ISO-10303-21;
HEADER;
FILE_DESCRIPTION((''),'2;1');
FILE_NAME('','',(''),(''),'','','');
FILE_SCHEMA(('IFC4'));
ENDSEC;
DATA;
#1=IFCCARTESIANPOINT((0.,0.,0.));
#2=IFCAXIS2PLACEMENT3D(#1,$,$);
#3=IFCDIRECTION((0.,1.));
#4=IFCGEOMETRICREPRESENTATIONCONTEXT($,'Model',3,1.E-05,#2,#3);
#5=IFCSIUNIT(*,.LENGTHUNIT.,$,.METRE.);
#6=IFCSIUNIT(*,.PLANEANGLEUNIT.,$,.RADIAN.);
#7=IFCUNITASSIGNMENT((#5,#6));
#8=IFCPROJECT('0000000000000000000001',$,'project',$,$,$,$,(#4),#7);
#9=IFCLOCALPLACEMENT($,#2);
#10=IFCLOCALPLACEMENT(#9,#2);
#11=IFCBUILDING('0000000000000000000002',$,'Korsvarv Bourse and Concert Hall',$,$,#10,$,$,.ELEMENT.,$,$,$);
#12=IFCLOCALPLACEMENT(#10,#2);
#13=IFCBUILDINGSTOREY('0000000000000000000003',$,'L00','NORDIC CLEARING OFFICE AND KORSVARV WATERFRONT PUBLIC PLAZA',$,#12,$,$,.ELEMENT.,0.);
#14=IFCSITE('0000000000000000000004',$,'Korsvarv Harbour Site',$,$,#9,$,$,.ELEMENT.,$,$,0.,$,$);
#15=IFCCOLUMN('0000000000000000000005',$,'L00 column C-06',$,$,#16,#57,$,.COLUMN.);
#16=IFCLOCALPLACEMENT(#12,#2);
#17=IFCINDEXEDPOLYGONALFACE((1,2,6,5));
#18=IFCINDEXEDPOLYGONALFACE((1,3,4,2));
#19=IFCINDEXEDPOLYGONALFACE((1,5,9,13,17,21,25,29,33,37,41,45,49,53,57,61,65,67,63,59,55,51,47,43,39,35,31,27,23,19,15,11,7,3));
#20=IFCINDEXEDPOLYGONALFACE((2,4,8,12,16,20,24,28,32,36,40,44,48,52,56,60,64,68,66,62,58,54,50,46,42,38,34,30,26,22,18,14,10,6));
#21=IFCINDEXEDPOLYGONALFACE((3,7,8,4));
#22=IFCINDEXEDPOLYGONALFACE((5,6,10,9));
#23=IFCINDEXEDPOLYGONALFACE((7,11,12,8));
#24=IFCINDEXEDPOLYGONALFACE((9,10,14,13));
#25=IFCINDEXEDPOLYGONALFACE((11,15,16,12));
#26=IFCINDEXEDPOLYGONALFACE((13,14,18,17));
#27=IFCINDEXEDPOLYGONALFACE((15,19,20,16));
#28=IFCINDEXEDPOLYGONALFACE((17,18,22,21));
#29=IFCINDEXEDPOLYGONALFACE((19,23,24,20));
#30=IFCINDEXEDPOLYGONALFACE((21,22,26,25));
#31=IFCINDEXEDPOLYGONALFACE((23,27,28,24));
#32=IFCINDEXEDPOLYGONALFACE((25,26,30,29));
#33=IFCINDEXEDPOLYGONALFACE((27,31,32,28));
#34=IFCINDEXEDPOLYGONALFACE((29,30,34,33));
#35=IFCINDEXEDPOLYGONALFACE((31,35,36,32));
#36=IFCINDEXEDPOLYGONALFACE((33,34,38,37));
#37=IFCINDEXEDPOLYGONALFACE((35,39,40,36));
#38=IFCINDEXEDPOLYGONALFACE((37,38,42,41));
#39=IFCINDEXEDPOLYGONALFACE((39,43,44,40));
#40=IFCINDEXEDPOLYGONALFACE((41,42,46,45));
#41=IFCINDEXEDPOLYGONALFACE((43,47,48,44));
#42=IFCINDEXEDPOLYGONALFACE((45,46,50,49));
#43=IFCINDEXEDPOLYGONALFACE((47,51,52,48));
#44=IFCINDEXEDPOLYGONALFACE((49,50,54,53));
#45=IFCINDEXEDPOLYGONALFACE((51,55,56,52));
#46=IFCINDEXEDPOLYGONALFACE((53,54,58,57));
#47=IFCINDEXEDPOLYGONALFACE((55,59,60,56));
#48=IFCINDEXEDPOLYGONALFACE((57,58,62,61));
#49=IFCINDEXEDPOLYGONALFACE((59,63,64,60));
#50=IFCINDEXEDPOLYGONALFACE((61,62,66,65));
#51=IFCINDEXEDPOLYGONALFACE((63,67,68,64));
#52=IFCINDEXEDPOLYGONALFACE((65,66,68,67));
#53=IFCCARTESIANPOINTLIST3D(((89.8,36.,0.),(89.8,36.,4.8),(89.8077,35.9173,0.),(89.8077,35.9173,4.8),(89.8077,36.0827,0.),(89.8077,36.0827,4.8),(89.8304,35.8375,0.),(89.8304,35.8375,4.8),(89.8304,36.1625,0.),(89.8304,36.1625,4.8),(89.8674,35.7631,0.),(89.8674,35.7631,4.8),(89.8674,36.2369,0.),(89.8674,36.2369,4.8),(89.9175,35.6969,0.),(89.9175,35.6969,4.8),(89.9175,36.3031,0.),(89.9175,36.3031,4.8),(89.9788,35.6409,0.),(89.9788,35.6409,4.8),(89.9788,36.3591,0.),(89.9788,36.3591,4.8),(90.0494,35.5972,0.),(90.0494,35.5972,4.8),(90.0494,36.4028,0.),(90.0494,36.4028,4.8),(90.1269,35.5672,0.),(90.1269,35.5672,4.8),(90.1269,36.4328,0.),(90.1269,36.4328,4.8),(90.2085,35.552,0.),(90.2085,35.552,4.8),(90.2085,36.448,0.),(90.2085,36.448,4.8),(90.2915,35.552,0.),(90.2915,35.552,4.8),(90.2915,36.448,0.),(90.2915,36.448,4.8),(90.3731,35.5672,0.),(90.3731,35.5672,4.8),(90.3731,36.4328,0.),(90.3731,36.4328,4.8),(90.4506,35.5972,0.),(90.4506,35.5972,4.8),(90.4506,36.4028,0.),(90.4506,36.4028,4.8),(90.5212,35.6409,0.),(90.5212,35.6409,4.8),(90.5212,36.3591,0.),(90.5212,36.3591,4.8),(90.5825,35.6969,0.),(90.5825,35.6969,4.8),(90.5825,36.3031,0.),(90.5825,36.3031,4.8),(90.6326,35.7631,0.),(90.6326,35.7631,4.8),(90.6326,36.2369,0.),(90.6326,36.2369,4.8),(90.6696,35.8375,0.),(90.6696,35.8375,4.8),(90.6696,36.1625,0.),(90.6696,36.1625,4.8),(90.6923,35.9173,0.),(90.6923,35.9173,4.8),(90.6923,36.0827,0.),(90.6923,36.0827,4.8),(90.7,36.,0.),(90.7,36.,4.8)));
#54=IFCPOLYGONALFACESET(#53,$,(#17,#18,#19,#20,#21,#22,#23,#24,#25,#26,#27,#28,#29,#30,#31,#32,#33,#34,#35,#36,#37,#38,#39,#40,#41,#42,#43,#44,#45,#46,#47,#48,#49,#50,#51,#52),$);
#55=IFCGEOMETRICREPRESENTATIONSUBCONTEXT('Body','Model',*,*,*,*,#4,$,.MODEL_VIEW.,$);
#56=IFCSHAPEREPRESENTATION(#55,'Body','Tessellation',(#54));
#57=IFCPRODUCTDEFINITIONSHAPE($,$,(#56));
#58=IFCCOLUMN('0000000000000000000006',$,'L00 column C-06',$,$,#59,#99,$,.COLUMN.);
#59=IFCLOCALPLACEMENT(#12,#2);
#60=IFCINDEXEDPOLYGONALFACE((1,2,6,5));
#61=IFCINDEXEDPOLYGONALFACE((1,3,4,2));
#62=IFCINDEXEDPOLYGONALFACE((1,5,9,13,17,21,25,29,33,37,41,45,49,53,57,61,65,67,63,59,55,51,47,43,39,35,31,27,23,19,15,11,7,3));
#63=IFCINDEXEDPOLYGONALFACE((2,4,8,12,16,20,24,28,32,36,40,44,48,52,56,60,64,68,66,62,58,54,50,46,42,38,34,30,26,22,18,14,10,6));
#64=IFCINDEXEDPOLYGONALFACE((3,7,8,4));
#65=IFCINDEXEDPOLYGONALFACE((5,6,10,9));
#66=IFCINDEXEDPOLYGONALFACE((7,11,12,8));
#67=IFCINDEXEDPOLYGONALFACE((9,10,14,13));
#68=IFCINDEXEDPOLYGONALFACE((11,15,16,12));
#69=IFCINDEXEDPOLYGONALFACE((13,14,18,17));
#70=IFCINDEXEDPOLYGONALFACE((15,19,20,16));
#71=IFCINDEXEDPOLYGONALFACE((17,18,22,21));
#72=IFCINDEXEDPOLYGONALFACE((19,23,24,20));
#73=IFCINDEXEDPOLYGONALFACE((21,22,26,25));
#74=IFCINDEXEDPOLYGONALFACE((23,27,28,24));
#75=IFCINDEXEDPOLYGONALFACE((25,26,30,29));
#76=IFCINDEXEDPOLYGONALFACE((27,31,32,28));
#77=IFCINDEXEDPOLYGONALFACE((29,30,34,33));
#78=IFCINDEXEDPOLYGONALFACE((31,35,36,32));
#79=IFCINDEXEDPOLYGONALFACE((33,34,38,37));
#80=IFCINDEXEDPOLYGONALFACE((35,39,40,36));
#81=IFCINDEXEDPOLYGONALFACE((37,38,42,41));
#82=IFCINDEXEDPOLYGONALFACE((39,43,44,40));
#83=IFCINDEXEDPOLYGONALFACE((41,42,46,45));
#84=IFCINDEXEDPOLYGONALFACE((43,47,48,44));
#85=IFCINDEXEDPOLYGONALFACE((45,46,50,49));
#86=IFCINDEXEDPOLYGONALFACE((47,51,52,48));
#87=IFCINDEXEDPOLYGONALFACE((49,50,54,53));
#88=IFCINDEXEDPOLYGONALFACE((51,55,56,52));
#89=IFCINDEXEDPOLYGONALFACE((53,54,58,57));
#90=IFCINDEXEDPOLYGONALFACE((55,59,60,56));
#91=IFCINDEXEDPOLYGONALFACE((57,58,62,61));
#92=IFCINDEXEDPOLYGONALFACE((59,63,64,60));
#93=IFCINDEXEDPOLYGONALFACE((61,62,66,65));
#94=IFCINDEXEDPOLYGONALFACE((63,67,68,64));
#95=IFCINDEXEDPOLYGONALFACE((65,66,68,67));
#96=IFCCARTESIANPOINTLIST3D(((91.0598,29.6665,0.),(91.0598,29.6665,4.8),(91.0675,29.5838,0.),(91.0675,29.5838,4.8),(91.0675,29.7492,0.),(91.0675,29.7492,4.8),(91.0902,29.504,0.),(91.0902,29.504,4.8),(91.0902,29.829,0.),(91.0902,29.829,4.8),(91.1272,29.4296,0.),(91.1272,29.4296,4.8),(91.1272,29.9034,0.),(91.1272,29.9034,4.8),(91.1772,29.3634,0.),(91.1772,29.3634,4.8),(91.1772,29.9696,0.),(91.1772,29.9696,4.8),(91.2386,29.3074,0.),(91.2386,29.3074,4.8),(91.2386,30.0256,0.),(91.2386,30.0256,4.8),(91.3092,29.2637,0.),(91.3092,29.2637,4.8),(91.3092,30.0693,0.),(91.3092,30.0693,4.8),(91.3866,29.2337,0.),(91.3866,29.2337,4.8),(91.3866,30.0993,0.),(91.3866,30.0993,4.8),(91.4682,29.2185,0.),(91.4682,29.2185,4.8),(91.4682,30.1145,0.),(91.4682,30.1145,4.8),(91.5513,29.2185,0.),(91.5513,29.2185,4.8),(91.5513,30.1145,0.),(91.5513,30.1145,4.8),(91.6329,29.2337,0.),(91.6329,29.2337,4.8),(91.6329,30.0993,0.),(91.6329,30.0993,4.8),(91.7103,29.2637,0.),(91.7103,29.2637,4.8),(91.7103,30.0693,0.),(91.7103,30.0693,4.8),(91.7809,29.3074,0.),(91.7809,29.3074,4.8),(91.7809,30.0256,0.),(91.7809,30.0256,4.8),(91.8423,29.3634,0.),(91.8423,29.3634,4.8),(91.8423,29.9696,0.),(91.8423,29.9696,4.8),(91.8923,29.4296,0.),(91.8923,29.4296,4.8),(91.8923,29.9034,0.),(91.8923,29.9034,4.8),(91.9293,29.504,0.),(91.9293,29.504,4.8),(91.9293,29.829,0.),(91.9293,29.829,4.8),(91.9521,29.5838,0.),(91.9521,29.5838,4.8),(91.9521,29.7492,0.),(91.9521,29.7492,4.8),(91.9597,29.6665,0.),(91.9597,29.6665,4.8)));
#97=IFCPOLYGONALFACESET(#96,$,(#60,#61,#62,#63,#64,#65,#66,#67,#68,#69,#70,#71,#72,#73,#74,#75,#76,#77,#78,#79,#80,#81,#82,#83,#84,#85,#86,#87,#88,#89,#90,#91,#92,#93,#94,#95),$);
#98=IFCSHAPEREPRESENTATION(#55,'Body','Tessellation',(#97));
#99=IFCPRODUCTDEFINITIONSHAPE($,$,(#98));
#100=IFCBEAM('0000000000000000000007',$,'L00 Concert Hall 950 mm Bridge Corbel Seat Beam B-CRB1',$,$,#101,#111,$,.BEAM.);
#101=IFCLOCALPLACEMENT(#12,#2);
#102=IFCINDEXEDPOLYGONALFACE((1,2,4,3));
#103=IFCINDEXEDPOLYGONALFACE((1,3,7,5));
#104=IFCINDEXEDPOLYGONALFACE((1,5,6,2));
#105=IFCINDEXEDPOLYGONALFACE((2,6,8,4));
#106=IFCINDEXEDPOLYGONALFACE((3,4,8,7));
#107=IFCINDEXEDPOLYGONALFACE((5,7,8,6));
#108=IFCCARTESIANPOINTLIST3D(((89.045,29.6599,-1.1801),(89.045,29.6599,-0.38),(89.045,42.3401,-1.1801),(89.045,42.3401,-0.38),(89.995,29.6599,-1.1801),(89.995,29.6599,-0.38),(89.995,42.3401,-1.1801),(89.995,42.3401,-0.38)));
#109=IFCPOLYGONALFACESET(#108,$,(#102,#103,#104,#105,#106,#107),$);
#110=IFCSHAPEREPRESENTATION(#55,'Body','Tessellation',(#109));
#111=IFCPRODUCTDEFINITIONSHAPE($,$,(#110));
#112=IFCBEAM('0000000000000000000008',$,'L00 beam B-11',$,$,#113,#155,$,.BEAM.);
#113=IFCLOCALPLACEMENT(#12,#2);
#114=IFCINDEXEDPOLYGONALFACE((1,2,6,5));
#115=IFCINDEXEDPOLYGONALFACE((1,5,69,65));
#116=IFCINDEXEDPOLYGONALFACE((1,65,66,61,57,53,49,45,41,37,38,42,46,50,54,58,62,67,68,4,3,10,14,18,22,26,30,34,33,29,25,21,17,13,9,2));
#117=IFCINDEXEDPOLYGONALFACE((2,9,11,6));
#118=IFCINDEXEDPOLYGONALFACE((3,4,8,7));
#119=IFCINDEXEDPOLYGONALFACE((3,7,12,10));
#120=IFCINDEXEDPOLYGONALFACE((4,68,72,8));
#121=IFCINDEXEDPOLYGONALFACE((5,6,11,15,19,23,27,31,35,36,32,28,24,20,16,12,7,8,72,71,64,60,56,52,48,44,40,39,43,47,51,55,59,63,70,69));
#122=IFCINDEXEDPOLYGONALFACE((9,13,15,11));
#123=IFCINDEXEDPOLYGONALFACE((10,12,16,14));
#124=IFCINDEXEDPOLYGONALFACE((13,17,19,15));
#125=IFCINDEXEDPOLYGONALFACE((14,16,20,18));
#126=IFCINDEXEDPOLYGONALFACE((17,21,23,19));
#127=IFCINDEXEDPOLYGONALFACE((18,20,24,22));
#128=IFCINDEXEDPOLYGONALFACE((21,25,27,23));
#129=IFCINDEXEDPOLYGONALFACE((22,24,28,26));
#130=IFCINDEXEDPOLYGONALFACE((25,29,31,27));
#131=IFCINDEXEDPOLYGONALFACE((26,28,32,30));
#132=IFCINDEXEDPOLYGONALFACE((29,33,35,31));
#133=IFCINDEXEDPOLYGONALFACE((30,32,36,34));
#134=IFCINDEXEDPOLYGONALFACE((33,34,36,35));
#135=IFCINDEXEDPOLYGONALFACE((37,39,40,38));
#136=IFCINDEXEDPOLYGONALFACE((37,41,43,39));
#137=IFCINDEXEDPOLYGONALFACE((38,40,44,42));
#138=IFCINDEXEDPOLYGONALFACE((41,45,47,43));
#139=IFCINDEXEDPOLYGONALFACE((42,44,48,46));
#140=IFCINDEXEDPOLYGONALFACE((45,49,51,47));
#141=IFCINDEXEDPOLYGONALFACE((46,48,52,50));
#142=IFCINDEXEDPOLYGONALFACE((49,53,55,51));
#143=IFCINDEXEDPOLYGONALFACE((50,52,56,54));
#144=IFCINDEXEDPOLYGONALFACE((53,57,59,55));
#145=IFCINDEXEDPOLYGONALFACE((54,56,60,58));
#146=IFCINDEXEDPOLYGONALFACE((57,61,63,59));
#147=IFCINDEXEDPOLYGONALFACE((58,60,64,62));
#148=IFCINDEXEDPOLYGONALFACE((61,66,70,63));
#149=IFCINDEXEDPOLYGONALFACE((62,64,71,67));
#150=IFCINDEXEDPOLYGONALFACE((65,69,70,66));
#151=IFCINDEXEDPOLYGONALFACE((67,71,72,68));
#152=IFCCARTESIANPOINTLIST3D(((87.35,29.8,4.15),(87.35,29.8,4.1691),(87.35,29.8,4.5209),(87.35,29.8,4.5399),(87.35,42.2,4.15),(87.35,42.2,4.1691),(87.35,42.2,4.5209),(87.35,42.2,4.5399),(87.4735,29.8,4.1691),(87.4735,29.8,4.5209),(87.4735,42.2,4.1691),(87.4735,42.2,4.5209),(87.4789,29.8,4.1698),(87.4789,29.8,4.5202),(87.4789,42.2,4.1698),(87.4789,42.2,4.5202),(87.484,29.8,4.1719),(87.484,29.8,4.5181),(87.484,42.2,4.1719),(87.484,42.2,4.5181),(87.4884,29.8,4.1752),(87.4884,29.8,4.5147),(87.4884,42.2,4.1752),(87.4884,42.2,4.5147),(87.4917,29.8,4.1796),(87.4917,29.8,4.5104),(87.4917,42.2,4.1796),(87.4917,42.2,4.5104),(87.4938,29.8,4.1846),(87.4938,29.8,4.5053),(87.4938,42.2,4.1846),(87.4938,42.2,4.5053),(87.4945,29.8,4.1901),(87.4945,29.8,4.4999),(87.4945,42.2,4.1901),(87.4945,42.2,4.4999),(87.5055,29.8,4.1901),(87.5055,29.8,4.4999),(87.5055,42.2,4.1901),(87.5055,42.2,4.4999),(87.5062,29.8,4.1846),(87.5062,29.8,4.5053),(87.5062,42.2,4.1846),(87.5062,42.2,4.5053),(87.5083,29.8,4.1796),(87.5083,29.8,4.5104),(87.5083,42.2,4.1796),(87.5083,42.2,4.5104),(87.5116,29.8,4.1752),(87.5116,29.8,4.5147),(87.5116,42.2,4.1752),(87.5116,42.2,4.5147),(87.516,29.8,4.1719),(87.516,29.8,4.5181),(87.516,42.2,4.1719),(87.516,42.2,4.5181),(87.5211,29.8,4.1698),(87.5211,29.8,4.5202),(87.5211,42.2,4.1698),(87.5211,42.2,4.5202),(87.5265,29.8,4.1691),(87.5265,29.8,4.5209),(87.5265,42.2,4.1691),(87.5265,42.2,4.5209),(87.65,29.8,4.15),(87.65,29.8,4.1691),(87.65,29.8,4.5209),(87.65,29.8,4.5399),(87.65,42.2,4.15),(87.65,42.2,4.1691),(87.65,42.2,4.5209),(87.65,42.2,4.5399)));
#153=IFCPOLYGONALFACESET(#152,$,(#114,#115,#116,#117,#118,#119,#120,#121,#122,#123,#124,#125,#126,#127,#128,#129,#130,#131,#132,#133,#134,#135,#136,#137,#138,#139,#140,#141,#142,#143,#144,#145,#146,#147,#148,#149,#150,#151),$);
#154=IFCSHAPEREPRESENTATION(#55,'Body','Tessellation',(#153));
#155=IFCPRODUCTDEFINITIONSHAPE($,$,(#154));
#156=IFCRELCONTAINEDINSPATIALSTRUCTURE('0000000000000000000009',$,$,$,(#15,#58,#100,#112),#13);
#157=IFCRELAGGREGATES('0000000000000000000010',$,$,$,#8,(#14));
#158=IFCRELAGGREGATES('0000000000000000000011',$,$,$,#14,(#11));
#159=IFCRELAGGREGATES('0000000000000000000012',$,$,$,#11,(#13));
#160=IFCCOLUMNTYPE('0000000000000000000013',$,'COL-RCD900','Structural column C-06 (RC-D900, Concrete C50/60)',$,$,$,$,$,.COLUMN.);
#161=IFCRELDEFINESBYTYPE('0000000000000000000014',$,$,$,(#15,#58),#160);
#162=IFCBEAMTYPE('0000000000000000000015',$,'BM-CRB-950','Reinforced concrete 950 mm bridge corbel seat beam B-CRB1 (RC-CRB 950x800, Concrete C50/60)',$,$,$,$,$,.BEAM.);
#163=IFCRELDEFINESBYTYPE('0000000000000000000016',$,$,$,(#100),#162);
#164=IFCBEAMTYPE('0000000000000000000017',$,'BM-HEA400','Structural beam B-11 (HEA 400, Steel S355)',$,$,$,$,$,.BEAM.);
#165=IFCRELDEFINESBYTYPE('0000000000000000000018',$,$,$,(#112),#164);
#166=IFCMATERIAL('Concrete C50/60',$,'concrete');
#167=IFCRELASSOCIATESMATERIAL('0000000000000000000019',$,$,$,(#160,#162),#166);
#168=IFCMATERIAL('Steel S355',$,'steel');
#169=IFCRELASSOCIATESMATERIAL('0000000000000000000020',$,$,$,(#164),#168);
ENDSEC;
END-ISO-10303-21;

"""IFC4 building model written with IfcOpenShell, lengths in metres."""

from ifc_helpers import new_model, si_unit, direction, frame, origin, origin_2d, place, context, subcontext, project, spatial, rectangle, circle, i_section, extrude, source, transform, mapped, material, material_profile, profile_set, type_object, element, save


model = new_model("IFC4")

# Units and contexts
model_context = context("Model", 3, precision=1e-05, world=origin(), true_north=direction((0.0, 1.0)))
body_context = subcontext(model_context, "Body", "Model", "MODEL_VIEW")
ifc_project = project(units=[si_unit("LENGTHUNIT", "METRE"), si_unit("PLANEANGLEUNIT", "RADIAN")], contexts=[model_context])

# Site, building, storey
site_placement = place(None, origin())
site = spatial("IfcSite", under=ifc_project, at=site_placement, Name="Korsvarv Harbour Site", CompositionType="ELEMENT", RefElevation=0.0)
building_placement = place(site_placement, origin())
building = spatial("IfcBuilding", under=site, at=building_placement, Name="Korsvarv Bourse and Concert Hall", CompositionType="ELEMENT")
storey_placement = place(building_placement, origin())
storey = spatial("IfcBuildingStorey", under=building, at=storey_placement, Name="L00", Description="NORDIC CLEARING OFFICE AND KORSVARV WATERFRONT PUBLIC PLAZA", CompositionType="ELEMENT", Elevation=0.0)

# Columns
ifc_material_1 = material(Name="Concrete C50/60", Category="concrete")
ifc_material_profile_1 = material_profile(ifc_material_1, circle(Radius=0.45, at=origin_2d()), Name="RC-D900")
ifc_profile_set_1 = profile_set([ifc_material_profile_1], Name="Concrete C50/60")
column_type = type_object("IfcColumnType", Name="COL-RCD900", Description="Structural column C-06 (RC-D900, Concrete C50/60)", PredefinedType="COLUMN", material=ifc_profile_set_1)
shared_shape_1 = source(origin(), body_context, "Body", "SweptSolid", [
    extrude(circle(Radius=0.45, at=origin_2d()), origin(), (0.0, 0.0, 1.0), 4.8),
])
for number, where, z_axis, x_axis, name in (
    (1, (90.25, 36.0, 0.0), (0.0, 0.0, 1.0), (1.0, 0.0, 0.0), "L00 column C-06"),
    (2, (91.5098, 29.6665, 0.0), (0.0, 0.0, 1.0), (1.0, 0.0, 0.0), "L00 column C-06"),
):
    element("IfcColumn", number, at=place(storey_placement, frame(where, z_axis=z_axis, x_axis=x_axis)), inside=storey, type_object=column_type, Name=name, PredefinedType="COLUMN", context=body_context, shape_type="MappedRepresentation", body=[
        mapped(shared_shape_1, transform((0.0, 0.0, 0.0), scale=1.0)),
    ])

# Beams
ifc_material_profile_2 = material_profile(ifc_material_1, rectangle(XDim=0.95, YDim=0.8, at=origin_2d()), Name="RC-CRB 950x800")
ifc_profile_set_2 = profile_set([ifc_material_profile_2], Name="Concrete C50/60")
beam_type_1 = type_object("IfcBeamType", Name="BM-CRB-950", Description="Reinforced concrete 950 mm bridge corbel seat beam B-CRB1 (RC-CRB 950x800, Concrete C50/60)", PredefinedType="BEAM", material=ifc_profile_set_2)
shared_shape_2 = source(origin(), body_context, "Body", "SweptSolid", [
    extrude(rectangle(XDim=0.95, YDim=0.8, at=origin_2d()), origin(), (0.0, 0.0, 1.0), 12.6802),
])
beam_1_placement = place(storey_placement, frame((89.52, 29.6599, -0.78), z_axis=(0.0, 1.0, 0.0), x_axis=(-1.0, 0.0, 0.0)))
element("IfcBeam", 3, at=beam_1_placement, inside=storey, type_object=beam_type_1, Name="L00 Concert Hall 950 mm Bridge Corbel Seat Beam B-CRB1", PredefinedType="BEAM", context=body_context, shape_type="MappedRepresentation", body=[
    mapped(shared_shape_2, transform((0.0, 0.0, 0.0), scale=1.0)),
])
ifc_material_2 = material(Name="Steel S355", Category="steel")
ifc_material_profile_3 = material_profile(ifc_material_2, i_section(OverallWidth=0.3, OverallDepth=0.3899, WebThickness=0.011, FlangeThickness=0.019, FilletRadius=0.021, at=origin_2d()), Name="HEA 400")
ifc_profile_set_3 = profile_set([ifc_material_profile_3], Name="Steel S355")
beam_type_2 = type_object("IfcBeamType", Name="BM-HEA400", Description="Structural beam B-11 (HEA 400, Steel S355)", PredefinedType="BEAM", material=ifc_profile_set_3)
shared_shape_3 = source(origin(), body_context, "Body", "SweptSolid", [
    extrude(i_section(OverallWidth=0.3, OverallDepth=0.3899, WebThickness=0.011, FlangeThickness=0.019, FilletRadius=0.021, at=origin_2d()), origin(), (0.0, 0.0, 1.0), 12.3999),
])
beam_2_placement = place(storey_placement, frame((87.5, 29.8, 4.345), z_axis=(0.0, 1.0, 0.0), x_axis=(-1.0, 0.0, 0.0)))
element("IfcBeam", 4, at=beam_2_placement, inside=storey, type_object=beam_type_2, Name="L00 beam B-11", PredefinedType="BEAM", context=body_context, shape_type="MappedRepresentation", body=[
    mapped(shared_shape_3, transform((0.0, 0.0, 0.0), scale=1.0)),
])

save(model, "model.ifc")
